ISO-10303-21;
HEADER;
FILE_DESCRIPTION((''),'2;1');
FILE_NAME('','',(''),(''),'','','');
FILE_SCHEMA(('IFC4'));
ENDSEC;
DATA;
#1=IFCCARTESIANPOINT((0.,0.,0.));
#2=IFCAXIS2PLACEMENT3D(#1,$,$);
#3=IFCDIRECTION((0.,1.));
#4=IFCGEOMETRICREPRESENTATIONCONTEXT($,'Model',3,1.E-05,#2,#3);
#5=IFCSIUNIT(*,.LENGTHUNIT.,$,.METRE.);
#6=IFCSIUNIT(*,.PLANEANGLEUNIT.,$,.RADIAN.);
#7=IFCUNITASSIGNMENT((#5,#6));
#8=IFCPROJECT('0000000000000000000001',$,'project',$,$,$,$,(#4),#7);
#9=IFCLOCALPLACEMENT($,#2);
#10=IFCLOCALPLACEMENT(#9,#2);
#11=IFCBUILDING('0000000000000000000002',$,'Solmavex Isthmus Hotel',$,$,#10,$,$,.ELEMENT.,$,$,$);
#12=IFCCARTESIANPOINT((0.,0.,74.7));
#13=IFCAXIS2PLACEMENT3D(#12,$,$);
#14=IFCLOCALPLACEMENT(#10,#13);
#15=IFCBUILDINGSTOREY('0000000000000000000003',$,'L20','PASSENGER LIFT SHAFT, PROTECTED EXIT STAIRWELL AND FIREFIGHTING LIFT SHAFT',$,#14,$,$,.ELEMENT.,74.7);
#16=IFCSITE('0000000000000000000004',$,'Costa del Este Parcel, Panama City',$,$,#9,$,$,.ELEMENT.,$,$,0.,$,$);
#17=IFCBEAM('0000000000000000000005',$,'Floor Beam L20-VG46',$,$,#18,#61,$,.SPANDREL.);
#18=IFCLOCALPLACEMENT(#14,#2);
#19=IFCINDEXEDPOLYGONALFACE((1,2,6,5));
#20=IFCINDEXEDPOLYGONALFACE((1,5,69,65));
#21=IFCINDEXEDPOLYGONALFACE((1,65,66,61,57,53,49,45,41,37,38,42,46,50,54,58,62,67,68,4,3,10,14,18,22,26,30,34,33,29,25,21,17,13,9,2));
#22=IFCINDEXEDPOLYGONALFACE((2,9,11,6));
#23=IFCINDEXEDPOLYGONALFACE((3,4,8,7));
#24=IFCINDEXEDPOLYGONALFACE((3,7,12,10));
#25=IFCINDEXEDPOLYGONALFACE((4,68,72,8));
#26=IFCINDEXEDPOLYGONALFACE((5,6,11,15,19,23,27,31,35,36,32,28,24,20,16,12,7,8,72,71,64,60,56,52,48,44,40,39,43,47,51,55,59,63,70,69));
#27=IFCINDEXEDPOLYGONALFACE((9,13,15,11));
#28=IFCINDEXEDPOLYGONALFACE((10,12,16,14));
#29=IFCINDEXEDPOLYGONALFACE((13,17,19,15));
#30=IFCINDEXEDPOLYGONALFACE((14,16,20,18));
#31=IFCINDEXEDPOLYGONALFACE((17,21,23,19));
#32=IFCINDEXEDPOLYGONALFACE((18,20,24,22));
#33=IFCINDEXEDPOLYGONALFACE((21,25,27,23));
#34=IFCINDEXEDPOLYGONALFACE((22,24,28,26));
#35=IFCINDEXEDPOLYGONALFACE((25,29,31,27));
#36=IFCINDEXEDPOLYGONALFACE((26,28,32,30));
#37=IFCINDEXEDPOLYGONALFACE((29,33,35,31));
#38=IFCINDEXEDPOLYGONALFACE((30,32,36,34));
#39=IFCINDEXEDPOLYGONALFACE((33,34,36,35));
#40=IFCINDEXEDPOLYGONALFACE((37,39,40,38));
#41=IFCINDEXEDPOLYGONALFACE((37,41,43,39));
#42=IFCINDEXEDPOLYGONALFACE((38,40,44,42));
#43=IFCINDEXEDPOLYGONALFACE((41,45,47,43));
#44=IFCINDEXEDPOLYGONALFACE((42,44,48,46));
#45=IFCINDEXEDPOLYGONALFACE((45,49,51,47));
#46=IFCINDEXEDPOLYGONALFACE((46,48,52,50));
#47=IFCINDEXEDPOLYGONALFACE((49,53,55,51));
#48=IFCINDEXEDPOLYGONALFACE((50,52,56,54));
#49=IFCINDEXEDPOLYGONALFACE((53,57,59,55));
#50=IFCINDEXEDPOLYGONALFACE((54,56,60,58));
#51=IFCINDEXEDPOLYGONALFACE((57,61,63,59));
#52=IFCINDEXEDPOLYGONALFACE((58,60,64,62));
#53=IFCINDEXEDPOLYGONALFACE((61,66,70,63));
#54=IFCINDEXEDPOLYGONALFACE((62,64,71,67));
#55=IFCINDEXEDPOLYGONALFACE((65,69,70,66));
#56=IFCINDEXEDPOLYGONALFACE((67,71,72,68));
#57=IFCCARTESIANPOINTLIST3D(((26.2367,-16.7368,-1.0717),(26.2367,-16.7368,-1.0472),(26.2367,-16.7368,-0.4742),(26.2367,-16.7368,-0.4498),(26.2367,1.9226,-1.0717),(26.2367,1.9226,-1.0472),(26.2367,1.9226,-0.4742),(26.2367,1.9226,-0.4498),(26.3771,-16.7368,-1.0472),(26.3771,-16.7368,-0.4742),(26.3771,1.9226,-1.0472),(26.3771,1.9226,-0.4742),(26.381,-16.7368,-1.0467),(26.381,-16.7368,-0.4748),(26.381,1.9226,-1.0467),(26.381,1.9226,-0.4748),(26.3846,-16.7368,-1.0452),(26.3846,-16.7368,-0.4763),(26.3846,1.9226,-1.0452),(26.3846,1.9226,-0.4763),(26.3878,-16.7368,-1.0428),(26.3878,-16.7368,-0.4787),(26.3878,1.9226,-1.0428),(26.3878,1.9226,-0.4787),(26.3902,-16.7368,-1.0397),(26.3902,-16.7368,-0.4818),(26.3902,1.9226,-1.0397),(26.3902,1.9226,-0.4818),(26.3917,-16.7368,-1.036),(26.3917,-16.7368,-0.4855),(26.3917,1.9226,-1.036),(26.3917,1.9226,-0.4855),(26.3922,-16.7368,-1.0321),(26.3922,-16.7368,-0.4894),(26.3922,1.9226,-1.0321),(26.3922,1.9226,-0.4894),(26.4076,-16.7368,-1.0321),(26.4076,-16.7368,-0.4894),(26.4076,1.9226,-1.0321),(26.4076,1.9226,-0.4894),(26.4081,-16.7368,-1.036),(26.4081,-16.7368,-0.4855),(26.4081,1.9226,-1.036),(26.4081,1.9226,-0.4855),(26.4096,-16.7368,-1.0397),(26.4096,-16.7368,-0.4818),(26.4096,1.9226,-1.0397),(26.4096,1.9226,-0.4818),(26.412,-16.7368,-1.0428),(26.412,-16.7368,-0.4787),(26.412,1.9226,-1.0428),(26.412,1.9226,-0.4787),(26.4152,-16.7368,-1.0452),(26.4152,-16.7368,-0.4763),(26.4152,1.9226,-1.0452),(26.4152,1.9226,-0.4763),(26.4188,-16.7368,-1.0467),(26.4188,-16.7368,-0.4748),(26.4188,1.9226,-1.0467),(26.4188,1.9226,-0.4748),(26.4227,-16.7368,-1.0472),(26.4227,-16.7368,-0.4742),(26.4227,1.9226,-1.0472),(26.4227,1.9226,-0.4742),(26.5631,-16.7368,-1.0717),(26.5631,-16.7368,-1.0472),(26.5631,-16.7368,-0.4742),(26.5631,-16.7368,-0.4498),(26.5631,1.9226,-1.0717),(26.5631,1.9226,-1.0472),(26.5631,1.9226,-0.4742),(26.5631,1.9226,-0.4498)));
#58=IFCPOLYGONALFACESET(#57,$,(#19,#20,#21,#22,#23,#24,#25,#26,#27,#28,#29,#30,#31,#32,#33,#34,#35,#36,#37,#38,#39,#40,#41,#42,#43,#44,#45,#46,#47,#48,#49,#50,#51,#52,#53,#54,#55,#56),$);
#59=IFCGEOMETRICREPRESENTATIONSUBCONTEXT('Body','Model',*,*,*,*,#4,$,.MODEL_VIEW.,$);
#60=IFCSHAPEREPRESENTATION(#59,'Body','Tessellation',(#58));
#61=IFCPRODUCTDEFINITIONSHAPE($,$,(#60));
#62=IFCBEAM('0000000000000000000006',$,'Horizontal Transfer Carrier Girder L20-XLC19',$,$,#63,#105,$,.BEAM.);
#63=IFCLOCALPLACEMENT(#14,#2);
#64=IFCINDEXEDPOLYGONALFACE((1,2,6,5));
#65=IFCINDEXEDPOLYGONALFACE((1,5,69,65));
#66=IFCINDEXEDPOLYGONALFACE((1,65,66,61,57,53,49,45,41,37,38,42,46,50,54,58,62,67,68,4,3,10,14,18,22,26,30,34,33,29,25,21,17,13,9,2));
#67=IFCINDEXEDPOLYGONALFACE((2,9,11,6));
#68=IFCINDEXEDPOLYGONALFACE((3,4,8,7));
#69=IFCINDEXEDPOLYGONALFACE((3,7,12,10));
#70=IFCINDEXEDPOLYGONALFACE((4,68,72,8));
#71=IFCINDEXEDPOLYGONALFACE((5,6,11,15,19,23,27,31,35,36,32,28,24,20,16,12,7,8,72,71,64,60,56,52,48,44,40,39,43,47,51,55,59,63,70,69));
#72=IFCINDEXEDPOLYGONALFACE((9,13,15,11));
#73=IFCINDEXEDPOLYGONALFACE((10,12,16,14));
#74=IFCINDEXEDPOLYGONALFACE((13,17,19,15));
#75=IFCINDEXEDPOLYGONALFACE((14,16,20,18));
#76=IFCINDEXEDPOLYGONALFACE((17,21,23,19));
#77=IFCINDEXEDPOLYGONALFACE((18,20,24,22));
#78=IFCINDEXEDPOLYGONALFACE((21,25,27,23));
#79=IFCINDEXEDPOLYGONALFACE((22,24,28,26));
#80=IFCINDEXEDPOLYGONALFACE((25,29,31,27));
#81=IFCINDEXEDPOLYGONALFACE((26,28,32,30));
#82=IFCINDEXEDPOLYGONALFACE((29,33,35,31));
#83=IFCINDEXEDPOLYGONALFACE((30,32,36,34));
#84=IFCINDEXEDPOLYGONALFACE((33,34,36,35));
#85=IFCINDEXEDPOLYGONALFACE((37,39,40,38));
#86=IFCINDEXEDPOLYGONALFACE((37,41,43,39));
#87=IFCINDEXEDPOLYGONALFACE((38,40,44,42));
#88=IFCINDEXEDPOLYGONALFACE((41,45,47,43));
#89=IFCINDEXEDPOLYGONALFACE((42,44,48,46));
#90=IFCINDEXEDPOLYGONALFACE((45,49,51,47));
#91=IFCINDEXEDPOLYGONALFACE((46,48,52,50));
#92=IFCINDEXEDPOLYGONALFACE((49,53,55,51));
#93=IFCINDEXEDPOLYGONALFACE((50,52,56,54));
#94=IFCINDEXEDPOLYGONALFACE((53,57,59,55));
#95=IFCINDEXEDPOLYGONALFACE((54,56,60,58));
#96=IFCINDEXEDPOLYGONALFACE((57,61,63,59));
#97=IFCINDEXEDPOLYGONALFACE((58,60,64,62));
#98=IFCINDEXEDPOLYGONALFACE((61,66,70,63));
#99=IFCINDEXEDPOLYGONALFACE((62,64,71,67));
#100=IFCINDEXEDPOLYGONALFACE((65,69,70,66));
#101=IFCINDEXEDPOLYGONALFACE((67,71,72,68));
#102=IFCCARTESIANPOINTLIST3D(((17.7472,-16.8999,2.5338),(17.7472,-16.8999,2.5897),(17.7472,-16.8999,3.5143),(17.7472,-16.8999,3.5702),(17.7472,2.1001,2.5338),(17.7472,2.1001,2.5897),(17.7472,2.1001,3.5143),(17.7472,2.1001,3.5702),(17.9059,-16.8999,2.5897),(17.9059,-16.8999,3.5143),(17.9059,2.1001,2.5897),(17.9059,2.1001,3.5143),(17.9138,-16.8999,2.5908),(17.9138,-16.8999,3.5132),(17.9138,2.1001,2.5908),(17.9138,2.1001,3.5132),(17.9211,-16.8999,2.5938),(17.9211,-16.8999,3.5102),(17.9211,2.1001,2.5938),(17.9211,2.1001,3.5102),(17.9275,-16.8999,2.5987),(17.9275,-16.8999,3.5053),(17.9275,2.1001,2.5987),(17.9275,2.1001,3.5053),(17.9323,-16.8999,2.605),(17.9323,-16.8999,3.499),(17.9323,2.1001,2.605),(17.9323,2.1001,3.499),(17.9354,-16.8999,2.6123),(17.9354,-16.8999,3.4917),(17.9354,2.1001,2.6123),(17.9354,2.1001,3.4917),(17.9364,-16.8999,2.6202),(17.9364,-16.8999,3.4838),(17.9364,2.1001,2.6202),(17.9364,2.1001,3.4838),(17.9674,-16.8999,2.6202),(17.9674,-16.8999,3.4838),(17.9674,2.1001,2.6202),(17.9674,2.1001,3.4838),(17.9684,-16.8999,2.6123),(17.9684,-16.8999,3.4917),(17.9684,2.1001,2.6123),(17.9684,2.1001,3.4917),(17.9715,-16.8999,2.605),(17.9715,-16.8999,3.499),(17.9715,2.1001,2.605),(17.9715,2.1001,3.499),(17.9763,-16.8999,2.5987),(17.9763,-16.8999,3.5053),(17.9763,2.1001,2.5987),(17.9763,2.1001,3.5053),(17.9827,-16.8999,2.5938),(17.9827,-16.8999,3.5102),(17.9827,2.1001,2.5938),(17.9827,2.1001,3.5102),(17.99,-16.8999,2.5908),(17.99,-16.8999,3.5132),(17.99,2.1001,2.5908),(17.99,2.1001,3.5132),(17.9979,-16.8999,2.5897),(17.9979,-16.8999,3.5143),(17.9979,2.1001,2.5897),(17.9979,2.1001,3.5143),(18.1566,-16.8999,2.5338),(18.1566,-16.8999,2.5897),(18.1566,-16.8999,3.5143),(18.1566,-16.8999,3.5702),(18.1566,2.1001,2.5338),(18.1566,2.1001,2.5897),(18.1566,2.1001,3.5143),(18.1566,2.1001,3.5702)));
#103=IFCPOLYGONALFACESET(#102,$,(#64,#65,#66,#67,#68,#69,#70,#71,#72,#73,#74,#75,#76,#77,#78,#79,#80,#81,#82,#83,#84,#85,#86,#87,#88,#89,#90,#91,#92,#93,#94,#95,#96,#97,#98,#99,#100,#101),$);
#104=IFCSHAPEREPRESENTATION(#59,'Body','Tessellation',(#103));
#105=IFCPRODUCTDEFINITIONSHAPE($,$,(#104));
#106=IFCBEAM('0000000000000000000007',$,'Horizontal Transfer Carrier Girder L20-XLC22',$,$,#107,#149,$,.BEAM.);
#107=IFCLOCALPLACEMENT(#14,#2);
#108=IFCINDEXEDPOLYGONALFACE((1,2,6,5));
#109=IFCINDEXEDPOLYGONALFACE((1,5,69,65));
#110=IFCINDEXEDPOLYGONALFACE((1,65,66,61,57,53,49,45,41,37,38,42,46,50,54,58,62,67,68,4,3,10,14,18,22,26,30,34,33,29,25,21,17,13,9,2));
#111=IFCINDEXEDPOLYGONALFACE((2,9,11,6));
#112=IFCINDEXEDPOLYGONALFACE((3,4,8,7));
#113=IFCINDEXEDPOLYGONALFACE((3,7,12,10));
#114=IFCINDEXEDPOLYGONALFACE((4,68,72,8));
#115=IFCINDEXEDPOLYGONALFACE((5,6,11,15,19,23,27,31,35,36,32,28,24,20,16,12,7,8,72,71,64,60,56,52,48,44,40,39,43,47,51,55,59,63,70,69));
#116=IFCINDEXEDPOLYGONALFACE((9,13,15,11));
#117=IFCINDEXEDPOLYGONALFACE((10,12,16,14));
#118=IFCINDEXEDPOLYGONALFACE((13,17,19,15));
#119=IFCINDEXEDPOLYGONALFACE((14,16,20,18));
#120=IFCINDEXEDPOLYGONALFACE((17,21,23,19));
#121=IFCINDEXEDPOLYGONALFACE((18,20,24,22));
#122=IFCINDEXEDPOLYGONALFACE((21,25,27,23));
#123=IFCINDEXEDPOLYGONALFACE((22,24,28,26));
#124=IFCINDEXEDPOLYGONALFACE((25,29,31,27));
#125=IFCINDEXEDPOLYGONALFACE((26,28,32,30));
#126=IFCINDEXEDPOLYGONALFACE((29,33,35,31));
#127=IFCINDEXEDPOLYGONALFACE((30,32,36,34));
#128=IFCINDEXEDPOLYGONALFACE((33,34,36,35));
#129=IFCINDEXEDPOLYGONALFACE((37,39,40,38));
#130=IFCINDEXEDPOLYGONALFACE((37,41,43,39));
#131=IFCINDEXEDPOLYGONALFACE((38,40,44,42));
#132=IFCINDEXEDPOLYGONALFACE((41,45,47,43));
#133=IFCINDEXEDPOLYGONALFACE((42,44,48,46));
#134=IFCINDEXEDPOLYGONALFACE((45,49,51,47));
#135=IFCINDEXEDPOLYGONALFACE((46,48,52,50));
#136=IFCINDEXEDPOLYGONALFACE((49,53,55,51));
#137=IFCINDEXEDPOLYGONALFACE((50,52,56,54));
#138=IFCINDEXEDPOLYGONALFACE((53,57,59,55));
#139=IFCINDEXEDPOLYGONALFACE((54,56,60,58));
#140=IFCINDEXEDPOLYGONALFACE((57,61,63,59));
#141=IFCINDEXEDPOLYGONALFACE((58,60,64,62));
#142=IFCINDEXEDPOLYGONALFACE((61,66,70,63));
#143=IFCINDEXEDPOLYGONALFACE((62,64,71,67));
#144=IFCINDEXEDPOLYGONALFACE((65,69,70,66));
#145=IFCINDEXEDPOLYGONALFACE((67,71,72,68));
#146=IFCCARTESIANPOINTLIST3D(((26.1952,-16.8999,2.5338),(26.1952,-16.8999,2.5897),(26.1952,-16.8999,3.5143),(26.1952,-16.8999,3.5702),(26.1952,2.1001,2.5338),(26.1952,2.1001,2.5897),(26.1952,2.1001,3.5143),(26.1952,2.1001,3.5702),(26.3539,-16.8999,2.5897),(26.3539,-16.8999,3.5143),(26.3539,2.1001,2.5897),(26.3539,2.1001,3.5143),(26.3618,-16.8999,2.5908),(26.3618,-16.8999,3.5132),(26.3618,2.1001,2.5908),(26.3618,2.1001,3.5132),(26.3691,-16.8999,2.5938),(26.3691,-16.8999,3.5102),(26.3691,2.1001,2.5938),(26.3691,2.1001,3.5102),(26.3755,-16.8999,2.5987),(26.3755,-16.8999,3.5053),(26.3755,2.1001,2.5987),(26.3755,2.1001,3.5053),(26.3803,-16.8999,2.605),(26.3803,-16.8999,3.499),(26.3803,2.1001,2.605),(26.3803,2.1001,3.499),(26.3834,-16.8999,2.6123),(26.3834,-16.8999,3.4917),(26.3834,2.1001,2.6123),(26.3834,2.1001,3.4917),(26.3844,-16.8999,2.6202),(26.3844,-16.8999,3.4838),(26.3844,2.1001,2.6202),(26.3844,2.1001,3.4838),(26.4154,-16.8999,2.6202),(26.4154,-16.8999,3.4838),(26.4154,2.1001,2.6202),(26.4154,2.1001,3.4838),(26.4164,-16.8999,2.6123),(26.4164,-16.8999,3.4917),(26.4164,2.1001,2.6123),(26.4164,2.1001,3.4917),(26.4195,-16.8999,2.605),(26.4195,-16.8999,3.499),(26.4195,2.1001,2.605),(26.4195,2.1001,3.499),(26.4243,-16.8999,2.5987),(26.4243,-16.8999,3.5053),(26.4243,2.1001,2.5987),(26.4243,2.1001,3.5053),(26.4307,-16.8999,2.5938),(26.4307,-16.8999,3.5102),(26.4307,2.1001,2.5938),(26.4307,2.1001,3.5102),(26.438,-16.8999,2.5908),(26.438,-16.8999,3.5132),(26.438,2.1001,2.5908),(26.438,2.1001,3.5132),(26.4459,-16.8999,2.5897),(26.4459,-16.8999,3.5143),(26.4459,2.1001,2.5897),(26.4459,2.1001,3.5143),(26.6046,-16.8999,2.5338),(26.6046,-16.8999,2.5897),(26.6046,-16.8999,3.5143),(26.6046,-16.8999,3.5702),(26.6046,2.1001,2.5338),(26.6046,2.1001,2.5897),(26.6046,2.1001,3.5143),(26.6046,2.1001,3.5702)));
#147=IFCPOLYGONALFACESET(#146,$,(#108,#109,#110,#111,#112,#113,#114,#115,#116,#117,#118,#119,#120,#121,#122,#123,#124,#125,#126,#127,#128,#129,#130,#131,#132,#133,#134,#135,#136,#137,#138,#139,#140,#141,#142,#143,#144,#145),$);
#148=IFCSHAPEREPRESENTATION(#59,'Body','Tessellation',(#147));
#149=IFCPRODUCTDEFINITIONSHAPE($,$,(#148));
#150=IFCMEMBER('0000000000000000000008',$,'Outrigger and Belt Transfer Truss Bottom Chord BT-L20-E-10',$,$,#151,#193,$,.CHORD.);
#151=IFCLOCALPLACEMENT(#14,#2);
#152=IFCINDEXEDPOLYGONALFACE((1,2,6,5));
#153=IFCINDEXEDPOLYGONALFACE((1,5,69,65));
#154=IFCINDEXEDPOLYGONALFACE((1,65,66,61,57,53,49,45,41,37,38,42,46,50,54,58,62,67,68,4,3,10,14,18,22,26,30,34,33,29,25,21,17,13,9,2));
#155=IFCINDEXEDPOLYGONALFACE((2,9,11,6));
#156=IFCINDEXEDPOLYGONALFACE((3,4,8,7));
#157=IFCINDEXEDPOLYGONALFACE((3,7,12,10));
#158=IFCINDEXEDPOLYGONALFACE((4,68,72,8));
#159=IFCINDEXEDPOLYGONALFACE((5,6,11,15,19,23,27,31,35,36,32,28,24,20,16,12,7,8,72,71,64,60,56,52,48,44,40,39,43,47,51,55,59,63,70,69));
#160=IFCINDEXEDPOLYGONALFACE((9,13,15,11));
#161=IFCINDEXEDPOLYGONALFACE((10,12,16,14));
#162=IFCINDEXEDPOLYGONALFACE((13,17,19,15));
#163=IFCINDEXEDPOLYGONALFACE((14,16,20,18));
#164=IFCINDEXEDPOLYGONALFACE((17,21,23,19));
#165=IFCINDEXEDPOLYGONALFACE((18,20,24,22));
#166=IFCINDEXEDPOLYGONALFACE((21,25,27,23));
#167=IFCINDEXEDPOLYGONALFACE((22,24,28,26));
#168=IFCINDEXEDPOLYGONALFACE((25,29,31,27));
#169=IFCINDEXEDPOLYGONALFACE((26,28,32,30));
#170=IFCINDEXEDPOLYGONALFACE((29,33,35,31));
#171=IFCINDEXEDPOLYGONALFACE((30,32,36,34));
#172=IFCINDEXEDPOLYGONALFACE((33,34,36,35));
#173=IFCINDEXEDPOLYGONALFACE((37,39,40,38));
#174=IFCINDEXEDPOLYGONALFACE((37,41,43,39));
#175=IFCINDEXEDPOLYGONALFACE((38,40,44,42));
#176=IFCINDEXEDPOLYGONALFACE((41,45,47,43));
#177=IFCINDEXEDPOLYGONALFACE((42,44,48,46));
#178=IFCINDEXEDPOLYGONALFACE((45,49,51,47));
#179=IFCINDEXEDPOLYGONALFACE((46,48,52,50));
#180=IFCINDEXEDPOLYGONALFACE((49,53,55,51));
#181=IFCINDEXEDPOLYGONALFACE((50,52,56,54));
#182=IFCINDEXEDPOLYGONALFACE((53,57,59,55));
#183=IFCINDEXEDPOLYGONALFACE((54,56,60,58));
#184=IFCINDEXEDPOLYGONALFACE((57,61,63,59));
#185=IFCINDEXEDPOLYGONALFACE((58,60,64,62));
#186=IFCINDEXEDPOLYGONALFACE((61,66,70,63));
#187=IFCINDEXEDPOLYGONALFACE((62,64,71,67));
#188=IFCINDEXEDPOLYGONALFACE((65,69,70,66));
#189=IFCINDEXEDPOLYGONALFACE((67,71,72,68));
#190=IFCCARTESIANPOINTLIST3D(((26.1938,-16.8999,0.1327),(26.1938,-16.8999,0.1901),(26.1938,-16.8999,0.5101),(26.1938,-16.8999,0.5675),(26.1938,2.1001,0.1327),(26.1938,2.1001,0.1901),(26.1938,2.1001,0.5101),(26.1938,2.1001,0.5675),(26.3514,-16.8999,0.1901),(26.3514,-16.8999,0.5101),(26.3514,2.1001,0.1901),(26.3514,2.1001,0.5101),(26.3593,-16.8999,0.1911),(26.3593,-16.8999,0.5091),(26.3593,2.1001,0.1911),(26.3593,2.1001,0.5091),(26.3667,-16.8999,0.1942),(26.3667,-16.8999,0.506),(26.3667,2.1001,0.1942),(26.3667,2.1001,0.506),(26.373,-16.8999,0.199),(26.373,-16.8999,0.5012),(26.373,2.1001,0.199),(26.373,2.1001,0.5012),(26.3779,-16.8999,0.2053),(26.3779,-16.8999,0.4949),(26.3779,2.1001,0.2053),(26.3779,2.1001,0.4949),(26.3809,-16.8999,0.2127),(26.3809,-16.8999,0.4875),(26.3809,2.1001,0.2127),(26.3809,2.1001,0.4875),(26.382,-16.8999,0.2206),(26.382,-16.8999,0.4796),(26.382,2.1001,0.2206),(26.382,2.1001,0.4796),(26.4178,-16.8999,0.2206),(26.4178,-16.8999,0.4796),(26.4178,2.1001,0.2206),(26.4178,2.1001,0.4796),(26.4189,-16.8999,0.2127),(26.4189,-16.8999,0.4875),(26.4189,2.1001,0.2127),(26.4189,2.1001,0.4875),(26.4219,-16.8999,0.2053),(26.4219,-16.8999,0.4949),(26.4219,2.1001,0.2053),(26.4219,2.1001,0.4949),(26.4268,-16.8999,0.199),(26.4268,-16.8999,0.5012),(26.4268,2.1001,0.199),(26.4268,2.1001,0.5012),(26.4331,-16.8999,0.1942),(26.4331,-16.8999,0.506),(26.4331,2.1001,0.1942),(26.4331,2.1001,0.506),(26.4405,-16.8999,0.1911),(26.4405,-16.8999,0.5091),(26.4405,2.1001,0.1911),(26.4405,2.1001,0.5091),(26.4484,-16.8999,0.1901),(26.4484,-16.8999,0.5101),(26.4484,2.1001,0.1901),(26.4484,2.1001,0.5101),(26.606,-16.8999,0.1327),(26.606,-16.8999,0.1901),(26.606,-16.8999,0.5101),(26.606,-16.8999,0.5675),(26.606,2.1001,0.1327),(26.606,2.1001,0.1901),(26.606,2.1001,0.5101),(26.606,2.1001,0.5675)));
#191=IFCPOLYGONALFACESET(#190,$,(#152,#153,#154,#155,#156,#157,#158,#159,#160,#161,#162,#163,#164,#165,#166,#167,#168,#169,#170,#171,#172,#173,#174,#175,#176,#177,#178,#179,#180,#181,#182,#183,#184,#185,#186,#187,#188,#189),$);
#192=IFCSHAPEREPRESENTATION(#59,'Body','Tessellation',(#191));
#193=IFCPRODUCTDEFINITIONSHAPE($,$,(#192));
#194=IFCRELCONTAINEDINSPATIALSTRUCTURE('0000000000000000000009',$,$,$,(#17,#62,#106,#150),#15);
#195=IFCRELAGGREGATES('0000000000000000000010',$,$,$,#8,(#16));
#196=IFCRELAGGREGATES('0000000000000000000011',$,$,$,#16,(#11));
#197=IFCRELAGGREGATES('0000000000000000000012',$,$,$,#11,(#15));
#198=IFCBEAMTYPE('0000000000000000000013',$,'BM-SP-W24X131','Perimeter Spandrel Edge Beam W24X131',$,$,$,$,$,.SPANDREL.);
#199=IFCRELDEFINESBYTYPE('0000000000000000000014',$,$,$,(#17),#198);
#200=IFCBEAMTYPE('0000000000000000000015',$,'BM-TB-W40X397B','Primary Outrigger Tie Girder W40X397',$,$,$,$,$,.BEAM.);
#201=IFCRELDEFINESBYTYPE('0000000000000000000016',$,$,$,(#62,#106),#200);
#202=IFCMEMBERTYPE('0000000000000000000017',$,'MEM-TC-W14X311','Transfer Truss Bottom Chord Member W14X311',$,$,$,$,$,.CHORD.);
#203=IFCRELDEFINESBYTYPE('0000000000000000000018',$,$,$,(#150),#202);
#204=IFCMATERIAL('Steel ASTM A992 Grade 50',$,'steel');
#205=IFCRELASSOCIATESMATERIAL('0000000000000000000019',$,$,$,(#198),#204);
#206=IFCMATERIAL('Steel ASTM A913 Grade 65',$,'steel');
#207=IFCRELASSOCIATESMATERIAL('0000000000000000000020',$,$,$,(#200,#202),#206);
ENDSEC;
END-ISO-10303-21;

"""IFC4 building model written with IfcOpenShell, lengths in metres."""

from ifc_helpers import new_model, si_unit, direction, frame, origin, origin_2d, place, context, subcontext, project, spatial, i_section, extrude, material, material_profile, profile_set, type_object, element, save


model = new_model("IFC4")

# Units and contexts
model_context = context("Model", 3, precision=1e-05, world=origin(), true_north=direction((0.0, 1.0)))
body_context = subcontext(model_context, "Body", "Model", "MODEL_VIEW")
ifc_project = project(units=[si_unit("LENGTHUNIT", "METRE"), si_unit("PLANEANGLEUNIT", "RADIAN")], contexts=[model_context])

# Site, building, storey
site_placement = place(None, origin())
site = spatial("IfcSite", under=ifc_project, at=site_placement, Name="Costa del Este Parcel, Panama City", CompositionType="ELEMENT", RefElevation=0.0)
building_placement = place(site_placement, origin())
building = spatial("IfcBuilding", under=site, at=building_placement, Name="Solmavex Isthmus Hotel", CompositionType="ELEMENT")
storey_placement = place(building_placement, frame((0.0, 0.0, 74.7)))
storey = spatial("IfcBuildingStorey", under=building, at=storey_placement, Name="L20", Description="PASSENGER LIFT SHAFT, PROTECTED EXIT STAIRWELL AND FIREFIGHTING LIFT SHAFT", CompositionType="ELEMENT", Elevation=74.7)

# Shared definitions
ifc_material_1 = material(Name="Steel ASTM A913 Grade 65", Category="steel")

# Beams
ifc_material_2 = material(Name="Steel ASTM A992 Grade 50", Category="steel")
ifc_material_profile_1 = material_profile(ifc_material_2, i_section(OverallWidth=0.3264, OverallDepth=0.6218, WebThickness=0.0154, FlangeThickness=0.0244, FilletRadius=0.0151, at=origin_2d()), Name="W24X131")
ifc_profile_set_1 = profile_set([ifc_material_profile_1], Name="Steel ASTM A992 Grade 50")
beam_type_1 = type_object("IfcBeamType", Name="BM-SP-W24X131", Description="Perimeter Spandrel Edge Beam W24X131", PredefinedType="SPANDREL", material=ifc_profile_set_1)
beam_1_placement = place(storey_placement, frame((26.3999, -16.7368, -0.7607), z_axis=(0.0, 1.0, 0.0), x_axis=(-1.0, 0.0, 0.0)))
element("IfcBeam", 1, at=beam_1_placement, inside=storey, type_object=beam_type_1, Name="Floor Beam L20-VG46", PredefinedType="SPANDREL", context=body_context, shape_type="SweptSolid", body=[
    extrude(i_section(OverallWidth=0.3264, OverallDepth=0.6218, WebThickness=0.0154, FlangeThickness=0.0244, FilletRadius=0.0151, at=origin_2d()), origin(), (0.0, 0.0, 1.0), 18.6594),
])
ifc_material_profile_2 = material_profile(ifc_material_1, i_section(OverallWidth=0.4094, OverallDepth=1.0364, WebThickness=0.031, FlangeThickness=0.0559, FilletRadius=0.0305, at=origin_2d()), Name="W40X397")
ifc_profile_set_2 = profile_set([ifc_material_profile_2], Name="Steel ASTM A913 Grade 65")
beam_type_2 = type_object("IfcBeamType", Name="BM-TB-W40X397B", Description="Primary Outrigger Tie Girder W40X397", PredefinedType="BEAM", material=ifc_profile_set_2)
for number, where, z_axis, x_axis, name in (
    (2, (17.9519, -16.8999, 3.052), (0.0, 1.0, 0.0), (-1.0, 0.0, 0.0), "Horizontal Transfer Carrier Girder L20-XLC19"),
    (3, (26.3999, -16.8999, 3.052), (0.0, 1.0, 0.0), (-1.0, 0.0, 0.0), "Horizontal Transfer Carrier Girder L20-XLC22"),
):
    element("IfcBeam", number, at=place(storey_placement, frame(where, z_axis=z_axis, x_axis=x_axis)), inside=storey, type_object=beam_type_2, Name=name, PredefinedType="BEAM", context=body_context, shape_type="SweptSolid", body=[
        extrude(i_section(OverallWidth=0.4094, OverallDepth=1.0364, WebThickness=0.031, FlangeThickness=0.0559, FilletRadius=0.0305, at=origin_2d()), origin(), (0.0, 0.0, 1.0), 19.0),
    ])

# Member
ifc_material_profile_3 = material_profile(ifc_material_1, i_section(OverallWidth=0.4121, OverallDepth=0.4348, WebThickness=0.0359, FlangeThickness=0.0574, FilletRadius=0.0305, at=origin_2d()), Name="W14X311")
ifc_profile_set_3 = profile_set([ifc_material_profile_3], Name="Steel ASTM A913 Grade 65")
member_type_1 = type_object("IfcMemberType", Name="MEM-TC-W14X311", Description="Transfer Truss Bottom Chord Member W14X311", PredefinedType="CHORD", material=ifc_profile_set_3)
member_1_placement = place(storey_placement, frame((26.3999, -16.8999, 0.3501), z_axis=(0.0, 1.0, 0.0), x_axis=(-1.0, 0.0, 0.0)))
element("IfcMember", 4, at=member_1_placement, inside=storey, type_object=member_type_1, Name="Outrigger and Belt Transfer Truss Bottom Chord BT-L20-E-10", PredefinedType="CHORD", context=body_context, shape_type="SweptSolid", body=[
    extrude(i_section(OverallWidth=0.4121, OverallDepth=0.4348, WebThickness=0.0359, FlangeThickness=0.0574, FilletRadius=0.0305, at=origin_2d()), origin(), (0.0, 0.0, 1.0), 19.0),
])

save(model, "model.ifc")
